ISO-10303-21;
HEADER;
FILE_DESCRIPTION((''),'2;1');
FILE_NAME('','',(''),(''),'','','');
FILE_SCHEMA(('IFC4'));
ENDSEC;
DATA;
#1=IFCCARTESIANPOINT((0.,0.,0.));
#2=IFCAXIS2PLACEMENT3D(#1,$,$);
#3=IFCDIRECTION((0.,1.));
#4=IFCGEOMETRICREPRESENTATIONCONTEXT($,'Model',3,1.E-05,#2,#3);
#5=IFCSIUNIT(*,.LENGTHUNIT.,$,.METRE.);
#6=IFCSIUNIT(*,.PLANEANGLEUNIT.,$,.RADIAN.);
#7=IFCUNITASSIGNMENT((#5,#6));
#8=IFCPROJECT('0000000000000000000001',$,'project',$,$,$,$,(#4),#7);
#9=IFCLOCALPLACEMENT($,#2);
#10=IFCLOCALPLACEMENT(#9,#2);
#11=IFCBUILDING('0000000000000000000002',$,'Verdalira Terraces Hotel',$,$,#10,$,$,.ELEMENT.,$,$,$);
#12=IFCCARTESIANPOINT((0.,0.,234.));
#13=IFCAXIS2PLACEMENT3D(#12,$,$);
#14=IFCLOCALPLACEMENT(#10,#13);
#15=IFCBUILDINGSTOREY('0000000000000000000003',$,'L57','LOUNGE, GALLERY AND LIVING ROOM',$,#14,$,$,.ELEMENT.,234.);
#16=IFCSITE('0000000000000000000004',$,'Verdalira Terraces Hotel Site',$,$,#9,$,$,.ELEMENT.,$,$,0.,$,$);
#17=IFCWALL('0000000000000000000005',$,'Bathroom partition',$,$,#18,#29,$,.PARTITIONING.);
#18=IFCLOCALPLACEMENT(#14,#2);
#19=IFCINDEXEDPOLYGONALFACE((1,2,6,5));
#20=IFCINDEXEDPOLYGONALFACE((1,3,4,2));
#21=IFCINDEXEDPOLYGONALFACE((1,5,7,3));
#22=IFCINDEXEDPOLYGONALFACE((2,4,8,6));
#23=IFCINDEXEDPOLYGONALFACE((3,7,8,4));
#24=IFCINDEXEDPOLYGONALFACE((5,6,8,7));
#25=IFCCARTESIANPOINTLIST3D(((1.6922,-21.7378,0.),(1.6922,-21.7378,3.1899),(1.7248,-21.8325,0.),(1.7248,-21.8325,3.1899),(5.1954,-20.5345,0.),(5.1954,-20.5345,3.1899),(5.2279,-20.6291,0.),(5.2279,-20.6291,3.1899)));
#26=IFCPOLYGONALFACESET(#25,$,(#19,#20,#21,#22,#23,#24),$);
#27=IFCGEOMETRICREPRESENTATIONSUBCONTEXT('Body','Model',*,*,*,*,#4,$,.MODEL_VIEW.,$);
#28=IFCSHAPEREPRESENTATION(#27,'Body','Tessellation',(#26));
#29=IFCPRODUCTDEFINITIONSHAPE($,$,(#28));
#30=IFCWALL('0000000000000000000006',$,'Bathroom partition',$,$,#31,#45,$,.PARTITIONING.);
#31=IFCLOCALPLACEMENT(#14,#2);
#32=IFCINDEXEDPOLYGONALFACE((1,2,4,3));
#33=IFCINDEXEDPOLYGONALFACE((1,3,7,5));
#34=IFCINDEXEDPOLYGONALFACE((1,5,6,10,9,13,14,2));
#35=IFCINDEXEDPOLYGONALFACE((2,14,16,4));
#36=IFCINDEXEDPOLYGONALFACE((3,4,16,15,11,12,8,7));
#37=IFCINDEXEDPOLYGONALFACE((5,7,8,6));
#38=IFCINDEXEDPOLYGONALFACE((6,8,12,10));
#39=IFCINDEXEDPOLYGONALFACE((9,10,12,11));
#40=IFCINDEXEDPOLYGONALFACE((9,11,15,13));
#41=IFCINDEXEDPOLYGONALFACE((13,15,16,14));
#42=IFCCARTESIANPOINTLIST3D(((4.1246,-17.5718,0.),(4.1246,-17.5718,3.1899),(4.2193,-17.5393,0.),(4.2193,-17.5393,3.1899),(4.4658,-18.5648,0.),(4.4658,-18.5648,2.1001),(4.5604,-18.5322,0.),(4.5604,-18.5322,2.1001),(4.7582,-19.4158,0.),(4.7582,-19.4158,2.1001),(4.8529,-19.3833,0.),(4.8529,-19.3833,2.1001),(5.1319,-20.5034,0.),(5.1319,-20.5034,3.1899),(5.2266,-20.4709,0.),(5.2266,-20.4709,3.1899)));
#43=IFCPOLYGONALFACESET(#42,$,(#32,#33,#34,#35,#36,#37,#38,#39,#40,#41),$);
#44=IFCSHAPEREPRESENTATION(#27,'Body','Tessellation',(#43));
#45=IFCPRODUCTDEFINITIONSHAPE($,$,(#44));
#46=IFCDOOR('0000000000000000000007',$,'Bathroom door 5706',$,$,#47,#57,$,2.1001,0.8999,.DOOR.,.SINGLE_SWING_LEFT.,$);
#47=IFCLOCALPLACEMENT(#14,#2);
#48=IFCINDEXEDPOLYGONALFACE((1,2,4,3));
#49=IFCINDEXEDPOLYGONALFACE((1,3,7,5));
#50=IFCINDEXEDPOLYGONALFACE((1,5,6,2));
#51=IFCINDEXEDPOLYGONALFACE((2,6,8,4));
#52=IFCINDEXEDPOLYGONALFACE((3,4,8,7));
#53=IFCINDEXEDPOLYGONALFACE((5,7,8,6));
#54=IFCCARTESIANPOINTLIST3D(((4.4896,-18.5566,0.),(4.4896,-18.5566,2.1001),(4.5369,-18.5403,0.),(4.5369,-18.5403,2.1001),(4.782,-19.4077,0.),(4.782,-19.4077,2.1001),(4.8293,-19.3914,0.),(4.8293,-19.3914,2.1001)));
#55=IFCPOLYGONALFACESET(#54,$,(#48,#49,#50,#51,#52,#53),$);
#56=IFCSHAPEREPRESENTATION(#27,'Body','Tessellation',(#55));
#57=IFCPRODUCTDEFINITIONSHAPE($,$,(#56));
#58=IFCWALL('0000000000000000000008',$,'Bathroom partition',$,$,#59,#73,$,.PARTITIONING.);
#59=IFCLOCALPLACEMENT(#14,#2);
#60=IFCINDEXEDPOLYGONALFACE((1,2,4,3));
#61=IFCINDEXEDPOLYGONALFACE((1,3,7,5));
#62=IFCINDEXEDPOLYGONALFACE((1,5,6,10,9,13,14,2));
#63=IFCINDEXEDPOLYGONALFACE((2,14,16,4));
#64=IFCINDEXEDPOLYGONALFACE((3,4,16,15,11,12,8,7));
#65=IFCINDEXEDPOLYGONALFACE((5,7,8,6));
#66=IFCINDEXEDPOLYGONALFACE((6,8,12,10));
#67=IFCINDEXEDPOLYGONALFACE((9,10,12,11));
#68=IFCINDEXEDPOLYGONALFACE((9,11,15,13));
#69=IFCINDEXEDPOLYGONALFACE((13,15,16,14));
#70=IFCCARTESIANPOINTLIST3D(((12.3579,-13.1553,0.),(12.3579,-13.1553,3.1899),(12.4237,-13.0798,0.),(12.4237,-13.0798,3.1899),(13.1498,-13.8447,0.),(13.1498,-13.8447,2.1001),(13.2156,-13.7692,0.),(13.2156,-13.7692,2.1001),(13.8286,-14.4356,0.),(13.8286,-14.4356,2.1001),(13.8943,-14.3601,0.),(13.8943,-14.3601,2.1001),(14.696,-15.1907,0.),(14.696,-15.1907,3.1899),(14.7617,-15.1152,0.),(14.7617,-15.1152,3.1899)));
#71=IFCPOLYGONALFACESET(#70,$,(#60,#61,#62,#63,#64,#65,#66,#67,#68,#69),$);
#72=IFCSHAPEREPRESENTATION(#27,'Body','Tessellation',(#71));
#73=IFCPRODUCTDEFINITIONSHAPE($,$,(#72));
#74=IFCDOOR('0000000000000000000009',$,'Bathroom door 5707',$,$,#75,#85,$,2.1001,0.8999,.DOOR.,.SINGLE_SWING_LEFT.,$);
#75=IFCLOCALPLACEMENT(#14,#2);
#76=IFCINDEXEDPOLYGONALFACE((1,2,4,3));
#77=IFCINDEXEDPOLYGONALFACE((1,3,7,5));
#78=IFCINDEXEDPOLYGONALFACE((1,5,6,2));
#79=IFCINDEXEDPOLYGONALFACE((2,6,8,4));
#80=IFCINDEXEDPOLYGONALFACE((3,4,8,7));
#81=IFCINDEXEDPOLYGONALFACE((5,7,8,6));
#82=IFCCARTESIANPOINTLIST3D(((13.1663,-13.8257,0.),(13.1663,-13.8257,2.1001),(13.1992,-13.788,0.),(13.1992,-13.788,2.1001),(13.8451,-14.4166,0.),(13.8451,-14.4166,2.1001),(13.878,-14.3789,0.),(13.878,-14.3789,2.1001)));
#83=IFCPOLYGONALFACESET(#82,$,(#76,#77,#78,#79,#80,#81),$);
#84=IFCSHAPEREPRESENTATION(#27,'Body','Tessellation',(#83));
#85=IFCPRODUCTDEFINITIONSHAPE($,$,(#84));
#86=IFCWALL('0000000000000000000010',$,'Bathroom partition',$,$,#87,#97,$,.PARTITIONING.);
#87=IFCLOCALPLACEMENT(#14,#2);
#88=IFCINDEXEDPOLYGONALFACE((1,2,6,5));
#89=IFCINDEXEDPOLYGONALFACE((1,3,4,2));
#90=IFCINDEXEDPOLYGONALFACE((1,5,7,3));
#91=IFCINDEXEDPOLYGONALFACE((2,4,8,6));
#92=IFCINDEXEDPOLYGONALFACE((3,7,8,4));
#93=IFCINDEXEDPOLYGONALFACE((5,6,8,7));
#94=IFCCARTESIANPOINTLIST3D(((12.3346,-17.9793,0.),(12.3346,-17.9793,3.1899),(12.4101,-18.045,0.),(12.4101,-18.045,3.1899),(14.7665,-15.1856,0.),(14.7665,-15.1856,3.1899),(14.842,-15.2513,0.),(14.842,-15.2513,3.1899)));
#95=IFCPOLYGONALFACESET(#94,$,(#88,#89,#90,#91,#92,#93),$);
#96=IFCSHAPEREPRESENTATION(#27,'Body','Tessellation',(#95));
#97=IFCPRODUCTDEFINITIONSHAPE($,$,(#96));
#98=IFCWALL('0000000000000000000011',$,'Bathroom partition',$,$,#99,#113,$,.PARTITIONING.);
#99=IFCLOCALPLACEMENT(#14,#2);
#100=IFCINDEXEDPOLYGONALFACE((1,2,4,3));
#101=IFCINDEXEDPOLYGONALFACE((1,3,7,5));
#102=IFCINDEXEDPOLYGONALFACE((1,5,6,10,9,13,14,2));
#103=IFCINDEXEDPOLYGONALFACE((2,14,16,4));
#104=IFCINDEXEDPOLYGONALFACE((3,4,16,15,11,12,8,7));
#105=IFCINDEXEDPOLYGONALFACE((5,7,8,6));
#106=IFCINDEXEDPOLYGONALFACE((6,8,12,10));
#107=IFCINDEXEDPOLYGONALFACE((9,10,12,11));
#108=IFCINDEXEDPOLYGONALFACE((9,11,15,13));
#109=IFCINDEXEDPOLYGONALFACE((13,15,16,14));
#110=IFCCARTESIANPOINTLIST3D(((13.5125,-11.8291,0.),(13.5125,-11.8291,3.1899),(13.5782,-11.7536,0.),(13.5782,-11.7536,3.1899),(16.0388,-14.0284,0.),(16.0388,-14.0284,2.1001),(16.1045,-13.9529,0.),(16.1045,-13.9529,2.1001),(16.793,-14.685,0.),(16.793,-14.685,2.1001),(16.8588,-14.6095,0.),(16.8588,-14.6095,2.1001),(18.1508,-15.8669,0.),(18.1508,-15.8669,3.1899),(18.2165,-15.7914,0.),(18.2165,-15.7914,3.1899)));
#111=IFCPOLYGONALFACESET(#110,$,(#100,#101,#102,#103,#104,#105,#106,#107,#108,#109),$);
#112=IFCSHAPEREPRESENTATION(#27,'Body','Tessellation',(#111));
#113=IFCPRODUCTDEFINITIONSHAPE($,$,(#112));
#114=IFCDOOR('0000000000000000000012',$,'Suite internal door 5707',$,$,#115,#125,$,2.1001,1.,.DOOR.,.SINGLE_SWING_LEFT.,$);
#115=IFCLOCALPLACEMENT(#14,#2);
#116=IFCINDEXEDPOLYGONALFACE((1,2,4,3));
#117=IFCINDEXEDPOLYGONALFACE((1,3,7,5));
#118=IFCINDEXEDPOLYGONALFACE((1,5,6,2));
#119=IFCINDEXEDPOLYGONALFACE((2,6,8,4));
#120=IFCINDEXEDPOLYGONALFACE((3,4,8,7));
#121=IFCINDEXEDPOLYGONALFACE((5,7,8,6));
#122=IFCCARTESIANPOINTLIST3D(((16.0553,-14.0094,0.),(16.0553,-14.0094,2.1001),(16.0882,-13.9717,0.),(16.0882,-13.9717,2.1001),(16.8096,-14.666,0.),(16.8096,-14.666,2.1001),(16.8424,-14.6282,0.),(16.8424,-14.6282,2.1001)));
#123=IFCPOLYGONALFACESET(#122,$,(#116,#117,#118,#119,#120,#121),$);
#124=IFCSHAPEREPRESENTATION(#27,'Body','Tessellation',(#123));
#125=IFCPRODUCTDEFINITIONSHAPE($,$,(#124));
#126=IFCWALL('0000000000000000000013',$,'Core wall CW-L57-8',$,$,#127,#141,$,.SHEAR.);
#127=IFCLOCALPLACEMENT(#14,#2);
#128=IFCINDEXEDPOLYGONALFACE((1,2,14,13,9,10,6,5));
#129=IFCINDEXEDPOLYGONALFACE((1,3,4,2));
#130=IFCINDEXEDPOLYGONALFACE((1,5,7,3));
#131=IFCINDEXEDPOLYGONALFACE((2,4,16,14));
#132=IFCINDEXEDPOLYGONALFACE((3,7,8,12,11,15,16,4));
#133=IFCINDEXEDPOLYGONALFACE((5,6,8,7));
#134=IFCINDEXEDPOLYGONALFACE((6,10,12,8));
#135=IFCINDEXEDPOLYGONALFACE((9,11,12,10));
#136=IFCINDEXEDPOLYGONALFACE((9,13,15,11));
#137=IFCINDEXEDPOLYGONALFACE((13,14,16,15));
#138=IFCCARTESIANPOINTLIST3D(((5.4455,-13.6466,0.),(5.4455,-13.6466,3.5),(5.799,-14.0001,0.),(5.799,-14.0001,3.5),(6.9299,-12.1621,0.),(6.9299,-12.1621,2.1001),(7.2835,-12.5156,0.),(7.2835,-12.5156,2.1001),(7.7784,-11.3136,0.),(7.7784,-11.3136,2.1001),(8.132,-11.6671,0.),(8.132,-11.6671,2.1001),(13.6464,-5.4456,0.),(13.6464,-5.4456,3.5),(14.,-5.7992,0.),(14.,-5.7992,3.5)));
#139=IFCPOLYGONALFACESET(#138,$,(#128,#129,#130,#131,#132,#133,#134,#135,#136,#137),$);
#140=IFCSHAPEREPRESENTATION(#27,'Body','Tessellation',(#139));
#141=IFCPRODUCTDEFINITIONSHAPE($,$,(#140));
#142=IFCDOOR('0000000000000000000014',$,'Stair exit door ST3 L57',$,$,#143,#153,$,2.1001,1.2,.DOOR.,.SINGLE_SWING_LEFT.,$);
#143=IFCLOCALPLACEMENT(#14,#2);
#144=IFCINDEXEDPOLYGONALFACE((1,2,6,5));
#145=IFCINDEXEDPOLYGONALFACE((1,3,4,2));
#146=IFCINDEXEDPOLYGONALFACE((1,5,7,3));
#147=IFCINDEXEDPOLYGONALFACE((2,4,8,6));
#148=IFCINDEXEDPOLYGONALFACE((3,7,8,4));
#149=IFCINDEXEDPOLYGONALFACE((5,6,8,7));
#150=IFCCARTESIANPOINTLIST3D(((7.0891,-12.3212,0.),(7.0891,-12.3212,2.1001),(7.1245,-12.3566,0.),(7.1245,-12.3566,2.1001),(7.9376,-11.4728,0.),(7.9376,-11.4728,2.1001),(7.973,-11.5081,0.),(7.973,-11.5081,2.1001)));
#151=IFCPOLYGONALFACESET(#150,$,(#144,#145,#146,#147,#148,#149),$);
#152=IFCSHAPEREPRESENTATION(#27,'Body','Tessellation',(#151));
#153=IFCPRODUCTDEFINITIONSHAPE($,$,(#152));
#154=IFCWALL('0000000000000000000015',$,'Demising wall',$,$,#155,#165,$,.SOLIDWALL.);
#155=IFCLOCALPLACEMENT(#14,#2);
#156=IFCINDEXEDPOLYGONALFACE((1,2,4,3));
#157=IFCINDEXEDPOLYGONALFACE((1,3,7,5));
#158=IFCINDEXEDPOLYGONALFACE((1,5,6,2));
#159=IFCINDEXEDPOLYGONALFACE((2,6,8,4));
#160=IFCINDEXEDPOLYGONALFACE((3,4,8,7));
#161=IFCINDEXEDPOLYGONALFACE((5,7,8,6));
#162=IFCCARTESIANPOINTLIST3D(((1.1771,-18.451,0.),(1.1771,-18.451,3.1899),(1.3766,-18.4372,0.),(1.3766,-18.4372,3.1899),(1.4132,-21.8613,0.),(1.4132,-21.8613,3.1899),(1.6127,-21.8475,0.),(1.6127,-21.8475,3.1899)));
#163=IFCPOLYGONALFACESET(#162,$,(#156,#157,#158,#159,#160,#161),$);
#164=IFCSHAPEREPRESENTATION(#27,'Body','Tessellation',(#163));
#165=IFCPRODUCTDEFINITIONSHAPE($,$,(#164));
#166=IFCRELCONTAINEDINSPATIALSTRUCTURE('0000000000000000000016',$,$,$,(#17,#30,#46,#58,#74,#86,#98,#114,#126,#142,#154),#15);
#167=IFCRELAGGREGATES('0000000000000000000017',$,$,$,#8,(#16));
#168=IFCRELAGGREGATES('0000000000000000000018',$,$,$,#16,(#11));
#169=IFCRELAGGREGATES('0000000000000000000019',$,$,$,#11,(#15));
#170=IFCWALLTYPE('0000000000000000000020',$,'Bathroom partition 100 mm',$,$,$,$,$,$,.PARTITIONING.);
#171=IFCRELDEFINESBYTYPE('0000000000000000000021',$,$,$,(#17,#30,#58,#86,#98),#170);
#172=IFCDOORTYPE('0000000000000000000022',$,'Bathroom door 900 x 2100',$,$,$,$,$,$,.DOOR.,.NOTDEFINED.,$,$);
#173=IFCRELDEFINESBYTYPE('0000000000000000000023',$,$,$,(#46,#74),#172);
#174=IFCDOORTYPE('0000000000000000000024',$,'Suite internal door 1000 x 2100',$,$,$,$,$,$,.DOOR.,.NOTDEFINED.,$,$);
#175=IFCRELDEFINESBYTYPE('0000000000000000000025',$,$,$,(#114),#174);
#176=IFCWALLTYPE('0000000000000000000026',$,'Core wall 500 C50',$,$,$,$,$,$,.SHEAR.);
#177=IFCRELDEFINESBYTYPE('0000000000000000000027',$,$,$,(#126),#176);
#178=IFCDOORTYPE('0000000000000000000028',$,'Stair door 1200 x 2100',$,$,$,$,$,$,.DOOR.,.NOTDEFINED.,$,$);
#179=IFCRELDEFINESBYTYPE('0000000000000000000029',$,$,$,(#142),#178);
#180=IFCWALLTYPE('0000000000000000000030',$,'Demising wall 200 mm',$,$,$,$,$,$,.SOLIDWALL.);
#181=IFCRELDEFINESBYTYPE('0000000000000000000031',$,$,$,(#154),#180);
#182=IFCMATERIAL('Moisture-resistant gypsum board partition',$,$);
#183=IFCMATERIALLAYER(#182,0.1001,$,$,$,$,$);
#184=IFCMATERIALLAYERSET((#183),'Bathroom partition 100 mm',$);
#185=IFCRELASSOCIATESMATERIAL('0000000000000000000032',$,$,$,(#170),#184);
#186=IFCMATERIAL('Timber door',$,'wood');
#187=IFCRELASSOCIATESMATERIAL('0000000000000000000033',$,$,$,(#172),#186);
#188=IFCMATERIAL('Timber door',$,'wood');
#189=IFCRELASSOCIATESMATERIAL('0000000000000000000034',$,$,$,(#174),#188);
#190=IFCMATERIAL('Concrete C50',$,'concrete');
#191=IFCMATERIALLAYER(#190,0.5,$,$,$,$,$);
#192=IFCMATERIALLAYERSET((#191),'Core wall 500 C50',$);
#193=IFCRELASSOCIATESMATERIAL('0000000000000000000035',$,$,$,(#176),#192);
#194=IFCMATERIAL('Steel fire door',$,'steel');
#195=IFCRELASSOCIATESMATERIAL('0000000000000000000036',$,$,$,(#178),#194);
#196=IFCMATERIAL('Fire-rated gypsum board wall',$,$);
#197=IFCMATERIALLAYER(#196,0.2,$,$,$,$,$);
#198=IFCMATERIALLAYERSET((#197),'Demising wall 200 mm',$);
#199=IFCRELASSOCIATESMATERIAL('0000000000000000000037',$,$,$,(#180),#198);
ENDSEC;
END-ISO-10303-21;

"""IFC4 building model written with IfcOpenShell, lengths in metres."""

from ifc_helpers import new_model, si_unit, direction, frame, frame_2d, origin, place, context, subcontext, project, spatial, rectangle, extrude, material, layer, layer_set, type_object, element, fill, save


model = new_model("IFC4")

# Units and contexts
model_context = context("Model", 3, precision=1e-05, world=origin(), true_north=direction((0.0, 1.0)))
body_context = subcontext(model_context, "Body", "Model", "MODEL_VIEW")
ifc_project = project(units=[si_unit("LENGTHUNIT", "METRE"), si_unit("PLANEANGLEUNIT", "RADIAN")], contexts=[model_context])

# Site, building, storey
site_placement = place(None, origin())
site = spatial("IfcSite", under=ifc_project, at=site_placement, Name="Verdalira Terraces Hotel Site", CompositionType="ELEMENT", RefElevation=0.0)
building_placement = place(site_placement, origin())
building = spatial("IfcBuilding", under=site, at=building_placement, Name="Verdalira Terraces Hotel", CompositionType="ELEMENT")
storey_placement = place(building_placement, frame((0.0, 0.0, 234.0)))
storey = spatial("IfcBuildingStorey", under=building, at=storey_placement, Name="L57", Description="LOUNGE, GALLERY AND LIVING ROOM", CompositionType="ELEMENT", Elevation=234.0)

# Wall
ifc_material_1 = material(Name="Moisture-resistant gypsum board partition")
ifc_layer_1 = layer(ifc_material_1, 0.1001)
ifc_layer_set_1 = layer_set([ifc_layer_1], Name="Bathroom partition 100 mm")
wall_type_1 = type_object("IfcWallType", Name="Bathroom partition 100 mm", PredefinedType="PARTITIONING", material=ifc_layer_set_1)
wall_1_placement = place(storey_placement, frame((1.7085, -21.7852, 0.0), z_axis=(0.0, 0.0, 1.0), x_axis=(0.945757, 0.324875, 0.0)))
element("IfcWall", 1, at=wall_1_placement, inside=storey, type_object=wall_type_1, Name="Bathroom partition", PredefinedType="PARTITIONING", context=body_context, shape_type="SweptSolid", body=[
    extrude(rectangle(XDim=3.7041, YDim=0.1001, at=frame_2d((1.8521, 0.0))), origin(), (0.0, 0.0, 1.0), 3.1899),
])

# Walls, openings, doors
wall_2_placement = place(storey_placement, frame((5.1792, -20.4871, 0.0), z_axis=(0.0, 0.0, 1.0), x_axis=(-0.324957, 0.945729, 0.0)))
wall_2 = element("IfcWall", 2, at=wall_2_placement, inside=storey, type_object=wall_type_1, Name="Bathroom partition", PredefinedType="PARTITIONING", context=body_context, shape_type="SweptSolid", body=[
    extrude(rectangle(XDim=3.0999, YDim=0.1001, at=frame_2d((1.5498, 0.0))), origin(), (0.0, 0.0, 1.0), 3.1899),
])
opening_1_placement = place(wall_2_placement, frame((1.1499, 0.0, 0.0)))
opening_1 = element("IfcOpeningElement", 3, at=opening_1_placement, cuts=wall_2, PredefinedType="OPENING", context=body_context, shape_type="SweptSolid", body=[
    extrude(rectangle(XDim=0.8999, YDim=2.1001, at=frame_2d((0.45, 1.05))), frame((0.0, 0.0601, 0.0), z_axis=(0.0, -1.0, 0.0), x_axis=(1.0, 0.0, 0.0)), (0.0, 0.0, 1.0), 0.1201),
])
ifc_material_2 = material(Name="Timber door", Category="wood")
door_type_1 = type_object("IfcDoorType", Name="Bathroom door 900 x 2100", OperationType="NOTDEFINED", PredefinedType="DOOR", material=ifc_material_2)
door_1_placement = place(opening_1_placement, origin())
door_1 = element("IfcDoor", 4, at=door_1_placement, inside=storey, type_object=door_type_1, Name="Bathroom door 5706", OperationType="SINGLE_SWING_LEFT", OverallHeight=2.1001, OverallWidth=0.8999, PredefinedType="DOOR", context=body_context, shape_type="SweptSolid", body=[
    extrude(rectangle(XDim=0.8999, YDim=2.1001, at=frame_2d((0.45, 1.05))), frame((0.0, 0.0249, 0.0), z_axis=(0.0, -1.0, 0.0), x_axis=(1.0, 0.0, 0.0)), (0.0, 0.0, 1.0), 0.05),
])
fill(opening_1, door_1)
wall_3_placement = place(storey_placement, frame((14.7288, -15.1528, 0.0), z_axis=(0.0, 0.0, 1.0), x_axis=(-0.754248, 0.65659, 0.0)))
wall_3 = element("IfcWall", 5, at=wall_3_placement, inside=storey, type_object=wall_type_1, Name="Bathroom partition", PredefinedType="PARTITIONING", context=body_context, shape_type="SweptSolid", body=[
    extrude(rectangle(XDim=3.0999, YDim=0.1001, at=frame_2d((1.5498, 0.0))), origin(), (0.0, 0.0, 1.0), 3.1899),
])
opening_2_placement = place(wall_3_placement, frame((1.1499, 0.0, 0.0)))
opening_2 = element("IfcOpeningElement", 6, at=opening_2_placement, cuts=wall_3, PredefinedType="OPENING", context=body_context, shape_type="SweptSolid", body=[
    extrude(rectangle(XDim=0.8999, YDim=2.1001, at=frame_2d((0.45, 1.05))), frame((0.0, 0.0601, 0.0), z_axis=(0.0, -1.0, 0.0), x_axis=(1.0, 0.0, 0.0)), (0.0, 0.0, 1.0), 0.1201),
])
door_2_placement = place(opening_2_placement, origin())
door_2 = element("IfcDoor", 7, at=door_2_placement, inside=storey, type_object=door_type_1, Name="Bathroom door 5707", OperationType="SINGLE_SWING_LEFT", OverallHeight=2.1001, OverallWidth=0.8999, PredefinedType="DOOR", context=body_context, shape_type="SweptSolid", body=[
    extrude(rectangle(XDim=0.8999, YDim=2.1001, at=frame_2d((0.45, 1.05))), frame((0.0, 0.0249, 0.0), z_axis=(0.0, -1.0, 0.0), x_axis=(1.0, 0.0, 0.0)), (0.0, 0.0, 1.0), 0.05),
])
fill(opening_2, door_2)

# Wall
wall_4_placement = place(storey_placement, frame((12.3723, -18.0122, 0.0), z_axis=(0.0, 0.0, 1.0), x_axis=(0.656575, 0.754261, 0.0)))
element("IfcWall", 8, at=wall_4_placement, inside=storey, type_object=wall_type_1, Name="Bathroom partition", PredefinedType="PARTITIONING", context=body_context, shape_type="SweptSolid", body=[
    extrude(rectangle(XDim=3.7039, YDim=0.1001, at=frame_2d((1.8521, 0.0))), origin(), (0.0, 0.0, 1.0), 3.1899),
])

# Walls, openings, doors
wall_5_placement = place(storey_placement, frame((18.1836, -15.8291, 0.0), z_axis=(0.0, 0.0, 1.0), x_axis=(-0.754249, 0.656588, 0.0)))
wall_5 = element("IfcWall", 9, at=wall_5_placement, inside=storey, type_object=wall_type_1, Name="Bathroom partition", PredefinedType="PARTITIONING", context=body_context, shape_type="SweptSolid", body=[
    extrude(rectangle(XDim=6.1497, YDim=0.1001, at=frame_2d((3.0747, 0.0))), origin(), (0.0, 0.0, 1.0), 3.1899),
])
opening_3_placement = place(wall_5_placement, frame((1.8, 0.0, 0.0)))
opening_3 = element("IfcOpeningElement", 10, at=opening_3_placement, cuts=wall_5, PredefinedType="OPENING", context=body_context, shape_type="SweptSolid", body=[
    extrude(rectangle(XDim=1.0, YDim=2.1001, at=frame_2d((0.5, 1.05))), frame((0.0, 0.0601, 0.0), z_axis=(0.0, -1.0, 0.0), x_axis=(1.0, 0.0, 0.0)), (0.0, 0.0, 1.0), 0.1201),
])
ifc_material_3 = material(Name="Timber door", Category="wood")
door_type_2 = type_object("IfcDoorType", Name="Suite internal door 1000 x 2100", OperationType="NOTDEFINED", PredefinedType="DOOR", material=ifc_material_3)
door_3_placement = place(opening_3_placement, origin())
door_3 = element("IfcDoor", 11, at=door_3_placement, inside=storey, type_object=door_type_2, Name="Suite internal door 5707", OperationType="SINGLE_SWING_LEFT", OverallHeight=2.1001, OverallWidth=1.0, PredefinedType="DOOR", context=body_context, shape_type="SweptSolid", body=[
    extrude(rectangle(XDim=1.0, YDim=2.1001, at=frame_2d((0.5, 1.05))), frame((0.0, 0.0249, 0.0), z_axis=(0.0, -1.0, 0.0), x_axis=(1.0, 0.0, 0.0)), (0.0, 0.0, 1.0), 0.05),
])
fill(opening_3, door_3)
ifc_material_4 = material(Name="Concrete C50", Category="concrete")
ifc_layer_2 = layer(ifc_material_4, 0.5)
ifc_layer_set_2 = layer_set([ifc_layer_2], Name="Core wall 500 C50")
wall_type_2 = type_object("IfcWallType", Name="Core wall 500 C50", PredefinedType="SHEAR", material=ifc_layer_set_2)
wall_6_placement = place(storey_placement, frame((5.6223, -13.8232, 0.0), z_axis=(0.0, 0.0, 1.0), x_axis=(0.707107, 0.707107, 0.0)))
wall_6 = element("IfcWall", 12, at=wall_6_placement, inside=storey, type_object=wall_type_2, Name="Core wall CW-L57-8", PredefinedType="SHEAR", context=body_context, shape_type="SweptSolid", body=[
    extrude(rectangle(XDim=11.5979, YDim=0.5, at=frame_2d((5.7988, 0.0))), origin(), (0.0, 0.0, 1.0), 3.5),
])
opening_4_placement = place(wall_6_placement, frame((2.0991, 0.0, 0.0)))
opening_4 = element("IfcOpeningElement", 13, at=opening_4_placement, cuts=wall_6, PredefinedType="OPENING", context=body_context, shape_type="SweptSolid", body=[
    extrude(rectangle(XDim=1.2, YDim=2.1001, at=frame_2d((0.6001, 1.05))), frame((0.0, 0.26, 0.0), z_axis=(0.0, -1.0, 0.0), x_axis=(1.0, 0.0, 0.0)), (0.0, 0.0, 1.0), 0.52),
])
ifc_material_5 = material(Name="Steel fire door", Category="steel")
door_type_3 = type_object("IfcDoorType", Name="Stair door 1200 x 2100", OperationType="NOTDEFINED", PredefinedType="DOOR", material=ifc_material_5)
door_4_placement = place(opening_4_placement, origin())
door_4 = element("IfcDoor", 14, at=door_4_placement, inside=storey, type_object=door_type_3, Name="Stair exit door ST3 L57", OperationType="SINGLE_SWING_LEFT", OverallHeight=2.1001, OverallWidth=1.2, PredefinedType="DOOR", context=body_context, shape_type="SweptSolid", body=[
    extrude(rectangle(XDim=1.2, YDim=2.1001, at=frame_2d((0.6001, 1.05))), frame((0.0, 0.0249, 0.0), z_axis=(0.0, -1.0, 0.0), x_axis=(1.0, 0.0, 0.0)), (0.0, 0.0, 1.0), 0.05),
])
fill(opening_4, door_4)

# Wall
ifc_material_6 = material(Name="Fire-rated gypsum board wall")
ifc_layer_3 = layer(ifc_material_6, 0.2)
ifc_layer_set_3 = layer_set([ifc_layer_3], Name="Demising wall 200 mm")
wall_type_3 = type_object("IfcWallType", Name="Demising wall 200 mm", PredefinedType="SOLIDWALL", material=ifc_layer_set_3)
wall_7_placement = place(storey_placement, frame((1.2769, -18.4441, 0.0), z_axis=(0.0, 0.0, 1.0), x_axis=(0.069059, -0.997613, 0.0)))
element("IfcWall", 15, at=wall_7_placement, inside=storey, type_object=wall_type_3, Name="Demising wall", PredefinedType="SOLIDWALL", context=body_context, shape_type="SweptSolid", body=[
    extrude(rectangle(XDim=3.4185, YDim=0.2, at=frame_2d((1.7092, 0.0))), origin(), (0.0, 0.0, 1.0), 3.1899),
])

save(model, "model.ifc")
